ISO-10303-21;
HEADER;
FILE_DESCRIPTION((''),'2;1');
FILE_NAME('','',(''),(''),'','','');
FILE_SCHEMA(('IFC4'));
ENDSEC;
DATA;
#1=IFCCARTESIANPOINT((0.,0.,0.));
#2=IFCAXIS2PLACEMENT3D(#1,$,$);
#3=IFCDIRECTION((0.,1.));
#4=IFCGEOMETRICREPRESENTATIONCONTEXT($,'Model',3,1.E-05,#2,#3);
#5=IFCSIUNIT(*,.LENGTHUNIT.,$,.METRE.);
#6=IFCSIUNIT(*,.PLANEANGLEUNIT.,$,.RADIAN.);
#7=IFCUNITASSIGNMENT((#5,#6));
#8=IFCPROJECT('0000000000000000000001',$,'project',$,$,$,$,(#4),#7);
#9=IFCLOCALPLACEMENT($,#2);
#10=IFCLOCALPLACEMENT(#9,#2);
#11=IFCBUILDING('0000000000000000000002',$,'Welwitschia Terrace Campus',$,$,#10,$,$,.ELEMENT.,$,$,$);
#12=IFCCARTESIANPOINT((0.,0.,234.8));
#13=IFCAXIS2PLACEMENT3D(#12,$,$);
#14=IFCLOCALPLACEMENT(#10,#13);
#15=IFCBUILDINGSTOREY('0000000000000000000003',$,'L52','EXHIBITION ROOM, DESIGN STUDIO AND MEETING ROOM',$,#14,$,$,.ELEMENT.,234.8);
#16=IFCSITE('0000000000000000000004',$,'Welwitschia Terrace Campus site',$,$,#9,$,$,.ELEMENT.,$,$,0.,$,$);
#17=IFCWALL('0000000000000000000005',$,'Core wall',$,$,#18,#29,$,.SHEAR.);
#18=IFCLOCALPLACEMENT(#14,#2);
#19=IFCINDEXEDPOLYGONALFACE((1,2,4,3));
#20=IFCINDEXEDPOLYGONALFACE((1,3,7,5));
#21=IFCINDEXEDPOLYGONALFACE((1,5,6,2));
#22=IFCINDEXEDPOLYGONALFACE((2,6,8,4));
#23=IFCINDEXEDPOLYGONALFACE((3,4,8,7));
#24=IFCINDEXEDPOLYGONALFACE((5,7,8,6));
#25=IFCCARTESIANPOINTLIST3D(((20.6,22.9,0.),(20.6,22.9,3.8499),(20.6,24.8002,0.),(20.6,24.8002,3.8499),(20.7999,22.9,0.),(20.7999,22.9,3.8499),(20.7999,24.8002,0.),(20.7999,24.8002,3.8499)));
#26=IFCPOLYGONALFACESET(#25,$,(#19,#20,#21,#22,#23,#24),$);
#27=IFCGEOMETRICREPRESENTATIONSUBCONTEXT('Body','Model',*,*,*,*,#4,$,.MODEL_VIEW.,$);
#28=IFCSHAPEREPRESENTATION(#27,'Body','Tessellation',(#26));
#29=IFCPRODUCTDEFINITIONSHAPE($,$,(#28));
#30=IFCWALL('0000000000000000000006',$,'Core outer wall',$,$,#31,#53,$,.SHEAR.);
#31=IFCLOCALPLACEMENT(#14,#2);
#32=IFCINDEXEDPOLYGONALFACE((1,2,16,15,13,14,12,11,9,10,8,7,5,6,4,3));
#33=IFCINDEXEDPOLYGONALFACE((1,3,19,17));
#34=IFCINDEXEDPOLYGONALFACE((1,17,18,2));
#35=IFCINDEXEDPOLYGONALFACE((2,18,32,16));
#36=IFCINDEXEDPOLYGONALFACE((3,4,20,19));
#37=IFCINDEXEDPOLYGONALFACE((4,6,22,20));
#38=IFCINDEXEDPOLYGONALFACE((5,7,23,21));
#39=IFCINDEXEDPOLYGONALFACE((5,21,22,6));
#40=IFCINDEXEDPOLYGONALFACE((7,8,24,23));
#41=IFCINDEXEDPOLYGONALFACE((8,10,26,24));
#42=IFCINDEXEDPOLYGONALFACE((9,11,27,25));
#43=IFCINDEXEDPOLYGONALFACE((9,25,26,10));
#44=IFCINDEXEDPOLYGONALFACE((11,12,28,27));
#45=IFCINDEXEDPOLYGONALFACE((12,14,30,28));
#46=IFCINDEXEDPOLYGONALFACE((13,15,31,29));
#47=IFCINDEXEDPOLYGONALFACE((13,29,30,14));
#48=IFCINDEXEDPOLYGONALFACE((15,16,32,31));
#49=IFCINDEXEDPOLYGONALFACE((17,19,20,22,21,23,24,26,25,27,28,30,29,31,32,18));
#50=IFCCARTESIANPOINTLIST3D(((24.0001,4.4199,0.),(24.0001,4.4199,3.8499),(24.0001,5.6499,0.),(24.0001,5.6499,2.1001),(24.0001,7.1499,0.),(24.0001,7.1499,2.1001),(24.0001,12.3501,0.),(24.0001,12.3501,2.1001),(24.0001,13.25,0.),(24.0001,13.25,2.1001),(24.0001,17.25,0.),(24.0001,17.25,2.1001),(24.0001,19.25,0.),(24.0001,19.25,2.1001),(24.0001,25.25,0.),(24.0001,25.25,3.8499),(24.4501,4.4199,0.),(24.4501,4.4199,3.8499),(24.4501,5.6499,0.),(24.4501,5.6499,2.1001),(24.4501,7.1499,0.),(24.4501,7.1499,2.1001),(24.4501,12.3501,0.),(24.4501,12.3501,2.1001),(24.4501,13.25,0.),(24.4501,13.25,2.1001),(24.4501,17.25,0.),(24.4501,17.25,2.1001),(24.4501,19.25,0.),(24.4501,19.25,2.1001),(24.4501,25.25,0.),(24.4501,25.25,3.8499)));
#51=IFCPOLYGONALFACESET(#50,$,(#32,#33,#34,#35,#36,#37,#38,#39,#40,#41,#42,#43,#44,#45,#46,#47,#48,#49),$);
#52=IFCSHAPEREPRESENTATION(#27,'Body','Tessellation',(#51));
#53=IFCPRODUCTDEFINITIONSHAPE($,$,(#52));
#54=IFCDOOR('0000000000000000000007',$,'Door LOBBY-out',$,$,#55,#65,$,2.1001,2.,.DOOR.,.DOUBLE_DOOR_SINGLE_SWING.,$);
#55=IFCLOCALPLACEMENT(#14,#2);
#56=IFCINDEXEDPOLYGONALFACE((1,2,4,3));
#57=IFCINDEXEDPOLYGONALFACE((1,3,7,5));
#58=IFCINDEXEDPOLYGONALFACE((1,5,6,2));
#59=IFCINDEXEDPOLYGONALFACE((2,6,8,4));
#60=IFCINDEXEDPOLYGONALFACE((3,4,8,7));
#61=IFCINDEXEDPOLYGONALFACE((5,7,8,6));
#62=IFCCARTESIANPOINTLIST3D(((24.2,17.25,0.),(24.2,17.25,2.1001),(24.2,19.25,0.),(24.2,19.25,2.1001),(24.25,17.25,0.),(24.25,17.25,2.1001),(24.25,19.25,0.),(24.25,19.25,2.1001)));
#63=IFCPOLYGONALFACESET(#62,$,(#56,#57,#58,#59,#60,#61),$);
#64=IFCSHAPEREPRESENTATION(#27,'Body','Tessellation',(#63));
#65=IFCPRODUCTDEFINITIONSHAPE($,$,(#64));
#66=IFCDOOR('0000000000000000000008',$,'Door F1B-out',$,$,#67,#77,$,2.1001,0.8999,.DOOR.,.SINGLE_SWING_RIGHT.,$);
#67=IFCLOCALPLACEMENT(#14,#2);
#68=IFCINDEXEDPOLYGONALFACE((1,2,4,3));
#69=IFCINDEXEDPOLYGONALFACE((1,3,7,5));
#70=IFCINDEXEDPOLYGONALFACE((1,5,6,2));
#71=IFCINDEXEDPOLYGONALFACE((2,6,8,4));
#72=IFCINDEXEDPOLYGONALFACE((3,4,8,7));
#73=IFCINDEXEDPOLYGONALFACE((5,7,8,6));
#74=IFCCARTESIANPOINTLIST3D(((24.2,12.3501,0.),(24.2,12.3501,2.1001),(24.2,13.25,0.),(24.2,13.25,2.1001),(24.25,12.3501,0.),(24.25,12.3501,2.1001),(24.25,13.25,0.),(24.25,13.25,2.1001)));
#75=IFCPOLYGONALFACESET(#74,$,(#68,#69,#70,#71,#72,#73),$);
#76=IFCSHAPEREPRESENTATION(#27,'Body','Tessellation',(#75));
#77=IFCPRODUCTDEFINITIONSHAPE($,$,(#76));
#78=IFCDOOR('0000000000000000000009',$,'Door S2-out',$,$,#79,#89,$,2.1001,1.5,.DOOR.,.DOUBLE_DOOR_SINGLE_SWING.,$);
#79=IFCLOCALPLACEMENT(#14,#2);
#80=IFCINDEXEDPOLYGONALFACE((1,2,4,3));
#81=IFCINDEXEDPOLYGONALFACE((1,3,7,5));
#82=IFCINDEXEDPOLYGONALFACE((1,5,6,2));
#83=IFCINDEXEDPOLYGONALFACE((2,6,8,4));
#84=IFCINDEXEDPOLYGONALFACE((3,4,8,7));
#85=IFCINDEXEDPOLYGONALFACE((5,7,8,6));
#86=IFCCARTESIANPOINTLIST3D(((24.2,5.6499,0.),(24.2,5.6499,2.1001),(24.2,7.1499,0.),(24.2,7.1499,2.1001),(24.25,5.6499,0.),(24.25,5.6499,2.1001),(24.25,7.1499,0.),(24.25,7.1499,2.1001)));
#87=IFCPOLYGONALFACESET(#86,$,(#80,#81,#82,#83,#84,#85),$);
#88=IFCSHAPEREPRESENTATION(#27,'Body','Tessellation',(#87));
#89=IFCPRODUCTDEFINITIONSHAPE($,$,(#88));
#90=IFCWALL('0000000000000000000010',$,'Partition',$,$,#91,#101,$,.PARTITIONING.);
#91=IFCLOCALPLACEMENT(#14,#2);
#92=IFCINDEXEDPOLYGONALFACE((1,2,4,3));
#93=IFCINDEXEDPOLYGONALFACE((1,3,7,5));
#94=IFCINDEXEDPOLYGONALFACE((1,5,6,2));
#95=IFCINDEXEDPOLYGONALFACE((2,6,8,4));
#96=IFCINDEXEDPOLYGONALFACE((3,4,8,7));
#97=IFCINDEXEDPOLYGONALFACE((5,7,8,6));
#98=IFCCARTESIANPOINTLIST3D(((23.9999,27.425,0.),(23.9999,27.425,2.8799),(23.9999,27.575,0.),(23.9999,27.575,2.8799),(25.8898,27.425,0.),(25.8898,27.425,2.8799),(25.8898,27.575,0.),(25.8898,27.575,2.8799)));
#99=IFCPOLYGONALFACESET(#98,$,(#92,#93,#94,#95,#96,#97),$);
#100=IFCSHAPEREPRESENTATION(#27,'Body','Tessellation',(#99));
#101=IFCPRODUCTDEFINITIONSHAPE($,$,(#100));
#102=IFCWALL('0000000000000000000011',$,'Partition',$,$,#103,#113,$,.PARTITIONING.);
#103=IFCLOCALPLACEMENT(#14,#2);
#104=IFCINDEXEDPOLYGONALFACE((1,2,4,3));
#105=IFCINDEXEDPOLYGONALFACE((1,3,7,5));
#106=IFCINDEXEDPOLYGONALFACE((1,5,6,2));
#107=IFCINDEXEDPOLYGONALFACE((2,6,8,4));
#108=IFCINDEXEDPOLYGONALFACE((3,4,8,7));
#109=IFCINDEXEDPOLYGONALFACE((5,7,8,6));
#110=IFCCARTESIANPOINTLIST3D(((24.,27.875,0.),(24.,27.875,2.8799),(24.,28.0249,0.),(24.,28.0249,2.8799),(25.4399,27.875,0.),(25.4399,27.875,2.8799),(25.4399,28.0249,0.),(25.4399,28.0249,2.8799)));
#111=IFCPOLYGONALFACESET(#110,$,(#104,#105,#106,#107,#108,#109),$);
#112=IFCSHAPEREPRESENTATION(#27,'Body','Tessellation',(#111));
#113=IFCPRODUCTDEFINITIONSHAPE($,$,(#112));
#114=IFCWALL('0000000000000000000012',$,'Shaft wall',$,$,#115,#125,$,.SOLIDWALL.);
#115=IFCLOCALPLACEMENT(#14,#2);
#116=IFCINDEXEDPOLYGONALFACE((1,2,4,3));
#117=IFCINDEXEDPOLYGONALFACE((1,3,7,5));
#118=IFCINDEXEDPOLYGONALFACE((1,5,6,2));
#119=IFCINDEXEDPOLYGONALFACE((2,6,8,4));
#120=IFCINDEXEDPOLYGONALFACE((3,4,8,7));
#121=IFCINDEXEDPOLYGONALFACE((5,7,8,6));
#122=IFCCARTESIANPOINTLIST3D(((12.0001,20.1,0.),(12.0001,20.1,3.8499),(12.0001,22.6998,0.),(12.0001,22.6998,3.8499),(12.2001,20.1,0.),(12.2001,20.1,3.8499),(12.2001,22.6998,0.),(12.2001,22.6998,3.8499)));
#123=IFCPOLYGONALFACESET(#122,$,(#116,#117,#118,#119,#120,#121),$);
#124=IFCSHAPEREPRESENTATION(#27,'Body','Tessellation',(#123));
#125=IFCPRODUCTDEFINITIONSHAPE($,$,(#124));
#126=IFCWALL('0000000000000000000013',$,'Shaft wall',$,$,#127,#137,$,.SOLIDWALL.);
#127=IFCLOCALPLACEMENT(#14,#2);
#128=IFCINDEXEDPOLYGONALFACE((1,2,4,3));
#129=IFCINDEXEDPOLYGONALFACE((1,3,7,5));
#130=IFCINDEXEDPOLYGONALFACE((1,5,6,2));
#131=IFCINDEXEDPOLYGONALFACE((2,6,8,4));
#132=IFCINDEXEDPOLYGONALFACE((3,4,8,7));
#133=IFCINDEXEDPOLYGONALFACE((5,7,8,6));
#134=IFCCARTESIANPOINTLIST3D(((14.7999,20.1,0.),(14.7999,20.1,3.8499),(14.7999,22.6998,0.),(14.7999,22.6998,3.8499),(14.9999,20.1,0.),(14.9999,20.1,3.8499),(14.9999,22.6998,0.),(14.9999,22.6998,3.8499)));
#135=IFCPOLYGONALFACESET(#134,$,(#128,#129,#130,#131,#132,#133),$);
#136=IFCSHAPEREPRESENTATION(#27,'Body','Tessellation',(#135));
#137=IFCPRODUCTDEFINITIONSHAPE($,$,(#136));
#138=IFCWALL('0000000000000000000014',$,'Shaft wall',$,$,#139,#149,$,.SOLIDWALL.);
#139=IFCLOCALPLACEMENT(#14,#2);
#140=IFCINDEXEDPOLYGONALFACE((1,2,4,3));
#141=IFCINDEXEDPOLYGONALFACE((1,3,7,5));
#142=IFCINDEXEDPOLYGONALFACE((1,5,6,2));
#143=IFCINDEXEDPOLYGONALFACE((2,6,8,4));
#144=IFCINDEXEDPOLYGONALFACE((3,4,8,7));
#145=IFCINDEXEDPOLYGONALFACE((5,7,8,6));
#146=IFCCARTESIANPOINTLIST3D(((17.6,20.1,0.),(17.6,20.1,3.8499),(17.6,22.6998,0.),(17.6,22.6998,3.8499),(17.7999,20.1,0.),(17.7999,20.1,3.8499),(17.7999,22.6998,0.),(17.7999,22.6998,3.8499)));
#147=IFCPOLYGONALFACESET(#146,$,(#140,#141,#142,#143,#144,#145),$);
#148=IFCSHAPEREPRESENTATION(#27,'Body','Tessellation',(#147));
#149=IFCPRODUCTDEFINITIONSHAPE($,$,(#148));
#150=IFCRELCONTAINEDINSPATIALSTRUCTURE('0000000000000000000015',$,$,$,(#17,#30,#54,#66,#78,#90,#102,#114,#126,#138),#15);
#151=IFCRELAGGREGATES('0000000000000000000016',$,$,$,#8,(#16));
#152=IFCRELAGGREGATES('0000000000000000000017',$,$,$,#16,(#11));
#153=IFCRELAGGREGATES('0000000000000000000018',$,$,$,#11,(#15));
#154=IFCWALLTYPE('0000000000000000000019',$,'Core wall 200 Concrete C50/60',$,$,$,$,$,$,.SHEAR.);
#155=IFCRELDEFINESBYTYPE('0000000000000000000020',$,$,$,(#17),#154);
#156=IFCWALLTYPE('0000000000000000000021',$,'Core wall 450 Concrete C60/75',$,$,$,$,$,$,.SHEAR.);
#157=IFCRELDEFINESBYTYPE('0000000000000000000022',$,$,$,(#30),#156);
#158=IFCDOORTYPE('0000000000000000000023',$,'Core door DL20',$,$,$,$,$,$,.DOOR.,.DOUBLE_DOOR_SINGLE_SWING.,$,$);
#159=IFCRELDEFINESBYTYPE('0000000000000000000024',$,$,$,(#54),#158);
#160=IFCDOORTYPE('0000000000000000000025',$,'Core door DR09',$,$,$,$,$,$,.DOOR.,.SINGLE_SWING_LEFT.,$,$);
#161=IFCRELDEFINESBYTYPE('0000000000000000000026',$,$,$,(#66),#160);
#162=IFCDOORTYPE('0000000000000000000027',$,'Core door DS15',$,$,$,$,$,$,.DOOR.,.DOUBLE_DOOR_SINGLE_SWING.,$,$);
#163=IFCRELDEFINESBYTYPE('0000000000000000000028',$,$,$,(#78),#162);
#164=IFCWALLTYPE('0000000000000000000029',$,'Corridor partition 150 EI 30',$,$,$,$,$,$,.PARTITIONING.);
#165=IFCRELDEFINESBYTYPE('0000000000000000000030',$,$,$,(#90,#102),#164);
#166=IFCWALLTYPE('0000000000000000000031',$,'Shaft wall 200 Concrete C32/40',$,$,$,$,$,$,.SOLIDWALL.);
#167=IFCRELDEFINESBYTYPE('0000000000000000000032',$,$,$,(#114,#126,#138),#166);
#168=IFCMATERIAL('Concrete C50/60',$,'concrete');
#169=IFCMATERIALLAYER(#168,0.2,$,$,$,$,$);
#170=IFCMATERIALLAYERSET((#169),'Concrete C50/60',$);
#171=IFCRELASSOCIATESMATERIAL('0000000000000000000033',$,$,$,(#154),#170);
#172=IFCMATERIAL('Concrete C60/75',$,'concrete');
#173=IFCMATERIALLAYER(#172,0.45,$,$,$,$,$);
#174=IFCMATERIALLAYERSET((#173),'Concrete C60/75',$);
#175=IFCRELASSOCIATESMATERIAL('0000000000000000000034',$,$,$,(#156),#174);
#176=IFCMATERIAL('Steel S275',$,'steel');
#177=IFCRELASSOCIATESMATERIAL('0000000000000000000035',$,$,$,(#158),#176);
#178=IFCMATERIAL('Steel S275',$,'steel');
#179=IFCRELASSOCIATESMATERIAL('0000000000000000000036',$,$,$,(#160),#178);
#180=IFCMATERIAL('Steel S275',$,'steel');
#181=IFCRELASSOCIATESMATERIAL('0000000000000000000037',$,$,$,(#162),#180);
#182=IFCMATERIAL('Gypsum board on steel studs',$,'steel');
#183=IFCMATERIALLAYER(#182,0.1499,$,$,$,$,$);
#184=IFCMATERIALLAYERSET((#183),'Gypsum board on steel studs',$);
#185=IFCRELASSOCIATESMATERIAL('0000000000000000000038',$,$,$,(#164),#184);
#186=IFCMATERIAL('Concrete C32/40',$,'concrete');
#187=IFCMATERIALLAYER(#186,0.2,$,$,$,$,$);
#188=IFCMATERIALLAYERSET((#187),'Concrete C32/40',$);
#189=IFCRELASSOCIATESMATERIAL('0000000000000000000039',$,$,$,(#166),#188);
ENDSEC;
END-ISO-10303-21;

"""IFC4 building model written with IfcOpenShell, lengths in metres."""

from ifc_helpers import new_model, si_unit, direction, frame, frame_2d, origin, place, context, subcontext, project, spatial, rectangle, extrude, material, layer, layer_set, type_object, element, fill, save


model = new_model("IFC4")

# Units and contexts
model_context = context("Model", 3, precision=1e-05, world=origin(), true_north=direction((0.0, 1.0)))
body_context = subcontext(model_context, "Body", "Model", "MODEL_VIEW")
ifc_project = project(units=[si_unit("LENGTHUNIT", "METRE"), si_unit("PLANEANGLEUNIT", "RADIAN")], contexts=[model_context])

# Site, building, storey
site_placement = place(None, origin())
site = spatial("IfcSite", under=ifc_project, at=site_placement, Name="Welwitschia Terrace Campus site", CompositionType="ELEMENT", RefElevation=0.0)
building_placement = place(site_placement, origin())
building = spatial("IfcBuilding", under=site, at=building_placement, Name="Welwitschia Terrace Campus", CompositionType="ELEMENT")
storey_placement = place(building_placement, frame((0.0, 0.0, 234.8)))
storey = spatial("IfcBuildingStorey", under=building, at=storey_placement, Name="L52", Description="EXHIBITION ROOM, DESIGN STUDIO AND MEETING ROOM", CompositionType="ELEMENT", Elevation=234.8)

# Wall
ifc_material_1 = material(Name="Concrete C50/60", Category="concrete")
ifc_layer_1 = layer(ifc_material_1, 0.2)
ifc_layer_set_1 = layer_set([ifc_layer_1], Name="Concrete C50/60")
wall_type_1 = type_object("IfcWallType", Name="Core wall 200 Concrete C50/60", PredefinedType="SHEAR", material=ifc_layer_set_1)
for number, where, z_axis, x_axis, name in (
    (1, (20.7, 22.8999, 0.0), (0.0, 0.0, 1.0), (0.0, 1.0, 0.0), "Core wall"),
):
    element("IfcWall", number, at=place(storey_placement, frame(where, z_axis=z_axis, x_axis=x_axis)), inside=storey, type_object=wall_type_1, Name=name, PredefinedType="SHEAR", context=body_context, shape_type="SweptSolid", body=[
        extrude(rectangle(XDim=1.9001, YDim=0.2, at=frame_2d((0.9502, 0.0))), origin(), (0.0, 0.0, 1.0), 3.8499),
    ])

# Wall, openings, doors
ifc_material_2 = material(Name="Concrete C60/75", Category="concrete")
ifc_layer_2 = layer(ifc_material_2, 0.45)
ifc_layer_set_2 = layer_set([ifc_layer_2], Name="Concrete C60/75")
wall_type_2 = type_object("IfcWallType", Name="Core wall 450 Concrete C60/75", PredefinedType="SHEAR", material=ifc_layer_set_2)
wall_1_placement = place(storey_placement, frame((24.2251, 25.25, 0.0), z_axis=(0.0, 0.0, 1.0), x_axis=(0.0, -1.0, 0.0)))
wall_1 = element("IfcWall", 2, at=wall_1_placement, inside=storey, type_object=wall_type_2, Name="Core outer wall", PredefinedType="SHEAR", context=body_context, shape_type="SweptSolid", body=[
    extrude(rectangle(XDim=20.8301, YDim=0.45, at=frame_2d((10.415, 0.0))), origin(), (0.0, 0.0, 1.0), 3.8499),
])
opening_1_placement = place(wall_1_placement, frame((18.1001, 0.0, 0.0)))
opening_1 = element("IfcOpeningElement", 3, at=opening_1_placement, cuts=wall_1, PredefinedType="OPENING", context=body_context, shape_type="SweptSolid", body=[
    extrude(rectangle(XDim=1.5, YDim=2.1001, at=frame_2d((0.75, 1.05))), frame((0.0, 0.2349, 0.0), z_axis=(0.0, -1.0, 0.0), x_axis=(1.0, 0.0, 0.0)), (0.0, 0.0, 1.0), 0.47),
])
opening_2_placement = place(wall_1_placement, frame((12.0, 0.0, 0.0)))
opening_2 = element("IfcOpeningElement", 4, at=opening_2_placement, cuts=wall_1, PredefinedType="OPENING", context=body_context, shape_type="SweptSolid", body=[
    extrude(rectangle(XDim=0.8999, YDim=2.1001, at=frame_2d((0.45, 1.05))), frame((0.0, 0.2349, 0.0), z_axis=(0.0, -1.0, 0.0), x_axis=(1.0, 0.0, 0.0)), (0.0, 0.0, 1.0), 0.47),
])
opening_3_placement = place(wall_1_placement, frame((6.0, 0.0, 0.0)))
opening_3 = element("IfcOpeningElement", 5, at=opening_3_placement, cuts=wall_1, PredefinedType="OPENING", context=body_context, shape_type="SweptSolid", body=[
    extrude(rectangle(XDim=2.0, YDim=2.1001, at=frame_2d((1.0, 1.05))), frame((0.0, 0.2349, 0.0), z_axis=(0.0, -1.0, 0.0), x_axis=(1.0, 0.0, 0.0)), (0.0, 0.0, 1.0), 0.47),
])
ifc_material_3 = material(Name="Steel S275", Category="steel")
door_type_1 = type_object("IfcDoorType", Name="Core door DL20", OperationType="DOUBLE_DOOR_SINGLE_SWING", PredefinedType="DOOR", material=ifc_material_3)
door_1_placement = place(opening_3_placement, origin())
door_1 = element("IfcDoor", 6, at=door_1_placement, inside=storey, type_object=door_type_1, Name="Door LOBBY-out", OperationType="DOUBLE_DOOR_SINGLE_SWING", OverallHeight=2.1001, OverallWidth=2.0, PredefinedType="DOOR", context=body_context, shape_type="SweptSolid", body=[
    extrude(rectangle(XDim=2.0, YDim=2.1001, at=frame_2d((1.0, 1.05))), frame((0.0, 0.0249, 0.0), z_axis=(0.0, -1.0, 0.0), x_axis=(1.0, 0.0, 0.0)), (0.0, 0.0, 1.0), 0.05),
])
fill(opening_3, door_1)
ifc_material_4 = material(Name="Steel S275", Category="steel")
door_type_2 = type_object("IfcDoorType", Name="Core door DR09", OperationType="SINGLE_SWING_LEFT", PredefinedType="DOOR", material=ifc_material_4)
door_2_placement = place(opening_2_placement, origin())
door_2 = element("IfcDoor", 7, at=door_2_placement, inside=storey, type_object=door_type_2, Name="Door F1B-out", OperationType="SINGLE_SWING_RIGHT", OverallHeight=2.1001, OverallWidth=0.8999, PredefinedType="DOOR", context=body_context, shape_type="SweptSolid", body=[
    extrude(rectangle(XDim=0.8999, YDim=2.1001, at=frame_2d((0.45, 1.05))), frame((0.0, 0.0249, 0.0), z_axis=(0.0, -1.0, 0.0), x_axis=(1.0, 0.0, 0.0)), (0.0, 0.0, 1.0), 0.05),
])
fill(opening_2, door_2)
ifc_material_5 = material(Name="Steel S275", Category="steel")
door_type_3 = type_object("IfcDoorType", Name="Core door DS15", OperationType="DOUBLE_DOOR_SINGLE_SWING", PredefinedType="DOOR", material=ifc_material_5)
door_3_placement = place(opening_1_placement, origin())
door_3 = element("IfcDoor", 8, at=door_3_placement, inside=storey, type_object=door_type_3, Name="Door S2-out", OperationType="DOUBLE_DOOR_SINGLE_SWING", OverallHeight=2.1001, OverallWidth=1.5, PredefinedType="DOOR", context=body_context, shape_type="SweptSolid", body=[
    extrude(rectangle(XDim=1.5, YDim=2.1001, at=frame_2d((0.75, 1.05))), frame((0.0, 0.0249, 0.0), z_axis=(0.0, -1.0, 0.0), x_axis=(1.0, 0.0, 0.0)), (0.0, 0.0, 1.0), 0.05),
])
fill(opening_1, door_3)

# Walls
ifc_material_6 = material(Name="Gypsum board on steel studs", Category="steel")
ifc_layer_3 = layer(ifc_material_6, 0.1499)
ifc_layer_set_3 = layer_set([ifc_layer_3], Name="Gypsum board on steel studs")
wall_type_3 = type_object("IfcWallType", Name="Corridor partition 150 EI 30", PredefinedType="PARTITIONING", material=ifc_layer_set_3)
wall_2_placement = place(storey_placement, frame((24.0, 27.5, 0.0), z_axis=(0.0, 0.0, 1.0), x_axis=(1.0, 0.0, 0.0)))
element("IfcWall", 9, at=wall_2_placement, inside=storey, type_object=wall_type_3, Name="Partition", PredefinedType="PARTITIONING", context=body_context, shape_type="SweptSolid", body=[
    extrude(rectangle(XDim=1.8899, YDim=0.1499, at=frame_2d((0.9448, 0.0))), origin(), (0.0, 0.0, 1.0), 2.8799),
])
wall_3_placement = place(storey_placement, frame((24.0, 27.95, 0.0), z_axis=(0.0, 0.0, 1.0), x_axis=(1.0, 0.0, 0.0)))
element("IfcWall", 10, at=wall_3_placement, inside=storey, type_object=wall_type_3, Name="Partition", PredefinedType="PARTITIONING", context=body_context, shape_type="SweptSolid", body=[
    extrude(rectangle(XDim=1.4399, YDim=0.1499, at=frame_2d((0.72, 0.0))), origin(), (0.0, 0.0, 1.0), 2.8799),
])
ifc_material_7 = material(Name="Concrete C32/40", Category="concrete")
ifc_layer_4 = layer(ifc_material_7, 0.2)
ifc_layer_set_4 = layer_set([ifc_layer_4], Name="Concrete C32/40")
wall_type_4 = type_object("IfcWallType", Name="Shaft wall 200 Concrete C32/40", PredefinedType="SOLIDWALL", material=ifc_layer_set_4)
for number, where, z_axis, x_axis, name in (
    (11, (12.1001, 20.1001, 0.0), (0.0, 0.0, 1.0), (0.0, 1.0, 0.0), "Shaft wall"),
    (12, (14.8999, 20.1001, 0.0), (0.0, 0.0, 1.0), (0.0, 1.0, 0.0), "Shaft wall"),
    (13, (17.7, 20.1001, 0.0), (0.0, 0.0, 1.0), (0.0, 1.0, 0.0), "Shaft wall"),
):
    element("IfcWall", number, at=place(storey_placement, frame(where, z_axis=z_axis, x_axis=x_axis)), inside=storey, type_object=wall_type_4, Name=name, PredefinedType="SOLIDWALL", context=body_context, shape_type="SweptSolid", body=[
        extrude(rectangle(XDim=2.5999, YDim=0.2, at=frame_2d((1.2998, 0.0))), origin(), (0.0, 0.0, 1.0), 3.8499),
    ])

save(model, "model.ifc")
